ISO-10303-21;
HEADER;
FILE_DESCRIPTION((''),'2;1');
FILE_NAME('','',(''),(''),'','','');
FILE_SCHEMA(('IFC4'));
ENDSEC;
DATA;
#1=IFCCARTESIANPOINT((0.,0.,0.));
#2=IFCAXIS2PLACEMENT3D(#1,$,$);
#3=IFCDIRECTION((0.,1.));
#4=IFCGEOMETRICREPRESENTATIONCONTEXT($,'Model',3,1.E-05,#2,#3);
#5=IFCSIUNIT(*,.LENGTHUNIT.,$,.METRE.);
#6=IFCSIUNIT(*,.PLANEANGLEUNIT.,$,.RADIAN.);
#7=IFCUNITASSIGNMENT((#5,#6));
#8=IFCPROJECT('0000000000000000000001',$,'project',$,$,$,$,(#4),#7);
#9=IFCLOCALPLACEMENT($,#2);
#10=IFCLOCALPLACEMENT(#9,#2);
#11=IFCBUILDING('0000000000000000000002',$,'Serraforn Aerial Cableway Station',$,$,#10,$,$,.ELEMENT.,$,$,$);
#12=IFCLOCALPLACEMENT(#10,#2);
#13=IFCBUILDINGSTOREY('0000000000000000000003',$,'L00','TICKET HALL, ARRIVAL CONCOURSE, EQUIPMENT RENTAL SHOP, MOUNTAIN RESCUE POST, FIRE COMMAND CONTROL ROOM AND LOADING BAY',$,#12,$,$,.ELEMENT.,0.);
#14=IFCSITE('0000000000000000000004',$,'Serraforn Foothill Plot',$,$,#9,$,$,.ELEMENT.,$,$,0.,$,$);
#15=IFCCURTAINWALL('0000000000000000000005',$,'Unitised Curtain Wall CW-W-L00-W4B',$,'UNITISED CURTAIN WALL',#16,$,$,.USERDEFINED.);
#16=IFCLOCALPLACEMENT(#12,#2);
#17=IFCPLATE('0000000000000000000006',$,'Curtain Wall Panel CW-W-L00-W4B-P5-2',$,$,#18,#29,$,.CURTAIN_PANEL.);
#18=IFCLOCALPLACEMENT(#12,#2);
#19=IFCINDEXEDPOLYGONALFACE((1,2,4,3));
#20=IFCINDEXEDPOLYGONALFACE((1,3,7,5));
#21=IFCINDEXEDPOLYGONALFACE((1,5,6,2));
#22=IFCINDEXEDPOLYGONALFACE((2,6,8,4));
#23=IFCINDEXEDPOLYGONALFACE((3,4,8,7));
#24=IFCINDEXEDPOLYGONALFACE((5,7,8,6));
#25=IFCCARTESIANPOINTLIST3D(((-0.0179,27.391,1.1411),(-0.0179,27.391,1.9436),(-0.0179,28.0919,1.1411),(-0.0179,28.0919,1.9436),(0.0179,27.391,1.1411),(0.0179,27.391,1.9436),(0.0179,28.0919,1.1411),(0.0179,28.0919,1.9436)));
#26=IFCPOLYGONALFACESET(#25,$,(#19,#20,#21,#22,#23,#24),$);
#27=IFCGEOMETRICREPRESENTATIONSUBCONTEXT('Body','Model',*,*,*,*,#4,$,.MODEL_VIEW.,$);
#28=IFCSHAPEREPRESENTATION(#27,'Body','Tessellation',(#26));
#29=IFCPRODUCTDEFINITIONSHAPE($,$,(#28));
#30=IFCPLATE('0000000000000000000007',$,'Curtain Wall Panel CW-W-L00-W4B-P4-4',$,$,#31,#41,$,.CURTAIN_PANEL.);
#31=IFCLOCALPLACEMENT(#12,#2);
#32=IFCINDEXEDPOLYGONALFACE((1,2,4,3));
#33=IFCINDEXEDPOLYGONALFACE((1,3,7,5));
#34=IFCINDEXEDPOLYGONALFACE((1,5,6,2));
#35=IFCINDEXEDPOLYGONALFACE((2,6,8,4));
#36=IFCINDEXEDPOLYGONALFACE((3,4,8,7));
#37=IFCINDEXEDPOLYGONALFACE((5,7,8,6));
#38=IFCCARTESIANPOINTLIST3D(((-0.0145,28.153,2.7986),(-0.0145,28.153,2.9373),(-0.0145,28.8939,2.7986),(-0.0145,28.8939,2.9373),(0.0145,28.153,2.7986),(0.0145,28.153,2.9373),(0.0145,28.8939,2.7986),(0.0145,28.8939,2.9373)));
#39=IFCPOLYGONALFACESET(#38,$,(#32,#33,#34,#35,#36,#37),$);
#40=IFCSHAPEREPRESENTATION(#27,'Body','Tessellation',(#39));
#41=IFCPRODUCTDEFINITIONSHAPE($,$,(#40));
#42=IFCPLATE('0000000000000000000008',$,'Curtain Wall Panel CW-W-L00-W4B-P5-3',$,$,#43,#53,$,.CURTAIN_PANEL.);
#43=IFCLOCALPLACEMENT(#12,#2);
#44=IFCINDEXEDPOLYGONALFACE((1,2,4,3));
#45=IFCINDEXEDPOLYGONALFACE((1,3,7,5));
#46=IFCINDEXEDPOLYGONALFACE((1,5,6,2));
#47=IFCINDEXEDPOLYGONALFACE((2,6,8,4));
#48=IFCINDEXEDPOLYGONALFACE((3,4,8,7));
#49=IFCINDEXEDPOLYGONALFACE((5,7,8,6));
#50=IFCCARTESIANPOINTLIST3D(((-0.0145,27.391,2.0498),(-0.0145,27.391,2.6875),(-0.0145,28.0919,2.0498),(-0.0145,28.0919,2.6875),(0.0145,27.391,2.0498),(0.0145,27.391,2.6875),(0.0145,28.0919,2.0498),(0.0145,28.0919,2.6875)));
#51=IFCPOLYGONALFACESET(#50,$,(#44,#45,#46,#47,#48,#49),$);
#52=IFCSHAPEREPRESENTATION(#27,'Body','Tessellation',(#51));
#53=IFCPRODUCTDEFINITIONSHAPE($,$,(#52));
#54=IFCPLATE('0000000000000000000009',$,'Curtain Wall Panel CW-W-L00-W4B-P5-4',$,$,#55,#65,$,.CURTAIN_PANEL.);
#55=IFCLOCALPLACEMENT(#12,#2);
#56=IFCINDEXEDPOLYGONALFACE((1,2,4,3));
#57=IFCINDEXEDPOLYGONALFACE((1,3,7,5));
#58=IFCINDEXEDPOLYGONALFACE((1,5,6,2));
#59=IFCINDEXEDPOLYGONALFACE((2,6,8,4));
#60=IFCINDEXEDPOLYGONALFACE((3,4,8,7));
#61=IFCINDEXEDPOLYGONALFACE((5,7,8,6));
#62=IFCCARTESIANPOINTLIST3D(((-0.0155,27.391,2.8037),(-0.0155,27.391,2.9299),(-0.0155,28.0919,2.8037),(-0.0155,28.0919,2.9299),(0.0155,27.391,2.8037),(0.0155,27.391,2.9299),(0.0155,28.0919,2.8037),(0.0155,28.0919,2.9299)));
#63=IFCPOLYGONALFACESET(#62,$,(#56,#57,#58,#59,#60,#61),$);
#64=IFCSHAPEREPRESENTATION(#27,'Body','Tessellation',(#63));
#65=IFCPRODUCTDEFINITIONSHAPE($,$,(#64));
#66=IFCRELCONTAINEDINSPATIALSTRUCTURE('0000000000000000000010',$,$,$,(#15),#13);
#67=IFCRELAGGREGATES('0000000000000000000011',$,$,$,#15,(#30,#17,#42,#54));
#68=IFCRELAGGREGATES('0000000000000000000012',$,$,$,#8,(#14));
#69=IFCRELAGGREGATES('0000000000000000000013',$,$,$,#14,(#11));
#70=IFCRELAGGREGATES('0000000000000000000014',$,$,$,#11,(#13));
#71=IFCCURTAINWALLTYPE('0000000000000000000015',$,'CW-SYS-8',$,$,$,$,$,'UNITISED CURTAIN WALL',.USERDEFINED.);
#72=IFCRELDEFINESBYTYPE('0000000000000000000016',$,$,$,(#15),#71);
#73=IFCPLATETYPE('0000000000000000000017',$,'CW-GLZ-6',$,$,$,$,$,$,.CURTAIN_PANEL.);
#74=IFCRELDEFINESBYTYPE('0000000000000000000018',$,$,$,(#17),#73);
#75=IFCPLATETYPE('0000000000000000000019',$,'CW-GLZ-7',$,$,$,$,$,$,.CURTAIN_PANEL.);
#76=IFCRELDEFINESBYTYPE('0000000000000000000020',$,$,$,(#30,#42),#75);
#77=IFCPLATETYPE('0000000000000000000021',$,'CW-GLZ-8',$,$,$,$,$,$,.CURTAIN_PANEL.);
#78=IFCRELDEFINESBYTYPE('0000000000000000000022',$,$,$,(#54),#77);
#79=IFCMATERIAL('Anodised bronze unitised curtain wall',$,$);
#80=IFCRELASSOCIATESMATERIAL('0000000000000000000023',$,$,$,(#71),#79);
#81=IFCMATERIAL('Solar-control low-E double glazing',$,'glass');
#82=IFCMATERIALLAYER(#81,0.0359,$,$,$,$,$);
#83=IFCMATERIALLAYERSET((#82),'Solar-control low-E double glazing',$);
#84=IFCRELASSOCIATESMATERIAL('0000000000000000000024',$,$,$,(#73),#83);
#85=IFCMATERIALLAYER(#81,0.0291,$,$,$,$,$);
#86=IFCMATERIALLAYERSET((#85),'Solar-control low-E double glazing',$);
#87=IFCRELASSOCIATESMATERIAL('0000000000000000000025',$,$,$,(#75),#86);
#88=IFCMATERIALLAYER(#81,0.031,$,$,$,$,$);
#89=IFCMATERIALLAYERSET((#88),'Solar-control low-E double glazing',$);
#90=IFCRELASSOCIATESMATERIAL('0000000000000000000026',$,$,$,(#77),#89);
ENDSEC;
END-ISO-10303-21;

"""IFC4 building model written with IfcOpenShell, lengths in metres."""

from ifc_helpers import new_model, si_unit, direction, frame, origin, origin_2d, place, context, subcontext, project, spatial, rectangle, extrude, material, layer, layer_set, type_object, element, aggregate, save


model = new_model("IFC4")

# Units and contexts
model_context = context("Model", 3, precision=1e-05, world=origin(), true_north=direction((0.0, 1.0)))
body_context = subcontext(model_context, "Body", "Model", "MODEL_VIEW")
ifc_project = project(units=[si_unit("LENGTHUNIT", "METRE"), si_unit("PLANEANGLEUNIT", "RADIAN")], contexts=[model_context])

# Site, building, storey
site_placement = place(None, origin())
site = spatial("IfcSite", under=ifc_project, at=site_placement, Name="Serraforn Foothill Plot", CompositionType="ELEMENT", RefElevation=0.0)
building_placement = place(site_placement, origin())
building = spatial("IfcBuilding", under=site, at=building_placement, Name="Serraforn Aerial Cableway Station", CompositionType="ELEMENT")
storey_placement = place(building_placement, origin())
storey = spatial("IfcBuildingStorey", under=building, at=storey_placement, Name="L00", Description="TICKET HALL, ARRIVAL CONCOURSE, EQUIPMENT RENTAL SHOP, MOUNTAIN RESCUE POST, FIRE COMMAND CONTROL ROOM AND LOADING BAY", CompositionType="ELEMENT", Elevation=0.0)

# Curtain wall, plates
ifc_material_1 = material(Name="Anodised bronze unitised curtain wall")
curtain_wall_type = type_object("IfcCurtainWallType", Name="CW-SYS-8", ElementType="UNITISED CURTAIN WALL", PredefinedType="USERDEFINED", material=ifc_material_1)
curtain_wall_placement = place(storey_placement, origin())
curtain_wall = element("IfcCurtainWall", 1, at=curtain_wall_placement, inside=storey, type_object=curtain_wall_type, Name="Unitised Curtain Wall CW-W-L00-W4B", ObjectType="UNITISED CURTAIN WALL", PredefinedType="USERDEFINED")
ifc_material_2 = material(Name="Solar-control low-E double glazing", Category="glass")
ifc_layer_1 = layer(ifc_material_2, 0.0359)
ifc_layer_set_1 = layer_set([ifc_layer_1], Name="Solar-control low-E double glazing")
plate_type_1 = type_object("IfcPlateType", Name="CW-GLZ-6", PredefinedType="CURTAIN_PANEL", material=ifc_layer_set_1)
plate_1_placement = place(storey_placement, frame((0.0, 27.7415, 1.1411), z_axis=(0.0, 0.0, 1.0), x_axis=(1.0, 0.0, 0.0)))
plate_1 = element("IfcPlate", 2, at=plate_1_placement, type_object=plate_type_1, Name="Curtain Wall Panel CW-W-L00-W4B-P5-2", PredefinedType="CURTAIN_PANEL", context=body_context, shape_type="SweptSolid", body=[
    extrude(rectangle(XDim=0.0359, YDim=0.7009, at=origin_2d()), origin(), (0.0, 0.0, 1.0), 0.8025),
])
ifc_layer_2 = layer(ifc_material_2, 0.0291)
ifc_layer_set_2 = layer_set([ifc_layer_2], Name="Solar-control low-E double glazing")
plate_type_2 = type_object("IfcPlateType", Name="CW-GLZ-7", PredefinedType="CURTAIN_PANEL", material=ifc_layer_set_2)
plate_2_placement = place(storey_placement, frame((0.0, 28.5234, 2.7986), z_axis=(0.0, 0.0, 1.0), x_axis=(1.0, 0.0, 0.0)))
plate_2 = element("IfcPlate", 3, at=plate_2_placement, type_object=plate_type_2, Name="Curtain Wall Panel CW-W-L00-W4B-P4-4", PredefinedType="CURTAIN_PANEL", context=body_context, shape_type="SweptSolid", body=[
    extrude(rectangle(XDim=0.0291, YDim=0.741, at=origin_2d()), origin(), (0.0, 0.0, 1.0), 0.1387),
])
plate_3_placement = place(storey_placement, frame((0.0, 27.7415, 2.0498), z_axis=(0.0, 0.0, 1.0), x_axis=(1.0, 0.0, 0.0)))
plate_3 = element("IfcPlate", 4, at=plate_3_placement, type_object=plate_type_2, Name="Curtain Wall Panel CW-W-L00-W4B-P5-3", PredefinedType="CURTAIN_PANEL", context=body_context, shape_type="SweptSolid", body=[
    extrude(rectangle(XDim=0.0291, YDim=0.7009, at=origin_2d()), origin(), (0.0, 0.0, 1.0), 0.6377),
])
ifc_layer_3 = layer(ifc_material_2, 0.031)
ifc_layer_set_3 = layer_set([ifc_layer_3], Name="Solar-control low-E double glazing")
plate_type_3 = type_object("IfcPlateType", Name="CW-GLZ-8", PredefinedType="CURTAIN_PANEL", material=ifc_layer_set_3)
plate_4_placement = place(storey_placement, frame((0.0, 27.7415, 2.8037), z_axis=(0.0, 0.0, 1.0), x_axis=(1.0, 0.0, 0.0)))
plate_4 = element("IfcPlate", 5, at=plate_4_placement, type_object=plate_type_3, Name="Curtain Wall Panel CW-W-L00-W4B-P5-4", PredefinedType="CURTAIN_PANEL", context=body_context, shape_type="SweptSolid", body=[
    extrude(rectangle(XDim=0.031, YDim=0.7009, at=origin_2d()), origin(), (0.0, 0.0, 1.0), 0.1262),
])
aggregate(curtain_wall, [plate_2, plate_1, plate_3, plate_4])

save(model, "model.ifc")
